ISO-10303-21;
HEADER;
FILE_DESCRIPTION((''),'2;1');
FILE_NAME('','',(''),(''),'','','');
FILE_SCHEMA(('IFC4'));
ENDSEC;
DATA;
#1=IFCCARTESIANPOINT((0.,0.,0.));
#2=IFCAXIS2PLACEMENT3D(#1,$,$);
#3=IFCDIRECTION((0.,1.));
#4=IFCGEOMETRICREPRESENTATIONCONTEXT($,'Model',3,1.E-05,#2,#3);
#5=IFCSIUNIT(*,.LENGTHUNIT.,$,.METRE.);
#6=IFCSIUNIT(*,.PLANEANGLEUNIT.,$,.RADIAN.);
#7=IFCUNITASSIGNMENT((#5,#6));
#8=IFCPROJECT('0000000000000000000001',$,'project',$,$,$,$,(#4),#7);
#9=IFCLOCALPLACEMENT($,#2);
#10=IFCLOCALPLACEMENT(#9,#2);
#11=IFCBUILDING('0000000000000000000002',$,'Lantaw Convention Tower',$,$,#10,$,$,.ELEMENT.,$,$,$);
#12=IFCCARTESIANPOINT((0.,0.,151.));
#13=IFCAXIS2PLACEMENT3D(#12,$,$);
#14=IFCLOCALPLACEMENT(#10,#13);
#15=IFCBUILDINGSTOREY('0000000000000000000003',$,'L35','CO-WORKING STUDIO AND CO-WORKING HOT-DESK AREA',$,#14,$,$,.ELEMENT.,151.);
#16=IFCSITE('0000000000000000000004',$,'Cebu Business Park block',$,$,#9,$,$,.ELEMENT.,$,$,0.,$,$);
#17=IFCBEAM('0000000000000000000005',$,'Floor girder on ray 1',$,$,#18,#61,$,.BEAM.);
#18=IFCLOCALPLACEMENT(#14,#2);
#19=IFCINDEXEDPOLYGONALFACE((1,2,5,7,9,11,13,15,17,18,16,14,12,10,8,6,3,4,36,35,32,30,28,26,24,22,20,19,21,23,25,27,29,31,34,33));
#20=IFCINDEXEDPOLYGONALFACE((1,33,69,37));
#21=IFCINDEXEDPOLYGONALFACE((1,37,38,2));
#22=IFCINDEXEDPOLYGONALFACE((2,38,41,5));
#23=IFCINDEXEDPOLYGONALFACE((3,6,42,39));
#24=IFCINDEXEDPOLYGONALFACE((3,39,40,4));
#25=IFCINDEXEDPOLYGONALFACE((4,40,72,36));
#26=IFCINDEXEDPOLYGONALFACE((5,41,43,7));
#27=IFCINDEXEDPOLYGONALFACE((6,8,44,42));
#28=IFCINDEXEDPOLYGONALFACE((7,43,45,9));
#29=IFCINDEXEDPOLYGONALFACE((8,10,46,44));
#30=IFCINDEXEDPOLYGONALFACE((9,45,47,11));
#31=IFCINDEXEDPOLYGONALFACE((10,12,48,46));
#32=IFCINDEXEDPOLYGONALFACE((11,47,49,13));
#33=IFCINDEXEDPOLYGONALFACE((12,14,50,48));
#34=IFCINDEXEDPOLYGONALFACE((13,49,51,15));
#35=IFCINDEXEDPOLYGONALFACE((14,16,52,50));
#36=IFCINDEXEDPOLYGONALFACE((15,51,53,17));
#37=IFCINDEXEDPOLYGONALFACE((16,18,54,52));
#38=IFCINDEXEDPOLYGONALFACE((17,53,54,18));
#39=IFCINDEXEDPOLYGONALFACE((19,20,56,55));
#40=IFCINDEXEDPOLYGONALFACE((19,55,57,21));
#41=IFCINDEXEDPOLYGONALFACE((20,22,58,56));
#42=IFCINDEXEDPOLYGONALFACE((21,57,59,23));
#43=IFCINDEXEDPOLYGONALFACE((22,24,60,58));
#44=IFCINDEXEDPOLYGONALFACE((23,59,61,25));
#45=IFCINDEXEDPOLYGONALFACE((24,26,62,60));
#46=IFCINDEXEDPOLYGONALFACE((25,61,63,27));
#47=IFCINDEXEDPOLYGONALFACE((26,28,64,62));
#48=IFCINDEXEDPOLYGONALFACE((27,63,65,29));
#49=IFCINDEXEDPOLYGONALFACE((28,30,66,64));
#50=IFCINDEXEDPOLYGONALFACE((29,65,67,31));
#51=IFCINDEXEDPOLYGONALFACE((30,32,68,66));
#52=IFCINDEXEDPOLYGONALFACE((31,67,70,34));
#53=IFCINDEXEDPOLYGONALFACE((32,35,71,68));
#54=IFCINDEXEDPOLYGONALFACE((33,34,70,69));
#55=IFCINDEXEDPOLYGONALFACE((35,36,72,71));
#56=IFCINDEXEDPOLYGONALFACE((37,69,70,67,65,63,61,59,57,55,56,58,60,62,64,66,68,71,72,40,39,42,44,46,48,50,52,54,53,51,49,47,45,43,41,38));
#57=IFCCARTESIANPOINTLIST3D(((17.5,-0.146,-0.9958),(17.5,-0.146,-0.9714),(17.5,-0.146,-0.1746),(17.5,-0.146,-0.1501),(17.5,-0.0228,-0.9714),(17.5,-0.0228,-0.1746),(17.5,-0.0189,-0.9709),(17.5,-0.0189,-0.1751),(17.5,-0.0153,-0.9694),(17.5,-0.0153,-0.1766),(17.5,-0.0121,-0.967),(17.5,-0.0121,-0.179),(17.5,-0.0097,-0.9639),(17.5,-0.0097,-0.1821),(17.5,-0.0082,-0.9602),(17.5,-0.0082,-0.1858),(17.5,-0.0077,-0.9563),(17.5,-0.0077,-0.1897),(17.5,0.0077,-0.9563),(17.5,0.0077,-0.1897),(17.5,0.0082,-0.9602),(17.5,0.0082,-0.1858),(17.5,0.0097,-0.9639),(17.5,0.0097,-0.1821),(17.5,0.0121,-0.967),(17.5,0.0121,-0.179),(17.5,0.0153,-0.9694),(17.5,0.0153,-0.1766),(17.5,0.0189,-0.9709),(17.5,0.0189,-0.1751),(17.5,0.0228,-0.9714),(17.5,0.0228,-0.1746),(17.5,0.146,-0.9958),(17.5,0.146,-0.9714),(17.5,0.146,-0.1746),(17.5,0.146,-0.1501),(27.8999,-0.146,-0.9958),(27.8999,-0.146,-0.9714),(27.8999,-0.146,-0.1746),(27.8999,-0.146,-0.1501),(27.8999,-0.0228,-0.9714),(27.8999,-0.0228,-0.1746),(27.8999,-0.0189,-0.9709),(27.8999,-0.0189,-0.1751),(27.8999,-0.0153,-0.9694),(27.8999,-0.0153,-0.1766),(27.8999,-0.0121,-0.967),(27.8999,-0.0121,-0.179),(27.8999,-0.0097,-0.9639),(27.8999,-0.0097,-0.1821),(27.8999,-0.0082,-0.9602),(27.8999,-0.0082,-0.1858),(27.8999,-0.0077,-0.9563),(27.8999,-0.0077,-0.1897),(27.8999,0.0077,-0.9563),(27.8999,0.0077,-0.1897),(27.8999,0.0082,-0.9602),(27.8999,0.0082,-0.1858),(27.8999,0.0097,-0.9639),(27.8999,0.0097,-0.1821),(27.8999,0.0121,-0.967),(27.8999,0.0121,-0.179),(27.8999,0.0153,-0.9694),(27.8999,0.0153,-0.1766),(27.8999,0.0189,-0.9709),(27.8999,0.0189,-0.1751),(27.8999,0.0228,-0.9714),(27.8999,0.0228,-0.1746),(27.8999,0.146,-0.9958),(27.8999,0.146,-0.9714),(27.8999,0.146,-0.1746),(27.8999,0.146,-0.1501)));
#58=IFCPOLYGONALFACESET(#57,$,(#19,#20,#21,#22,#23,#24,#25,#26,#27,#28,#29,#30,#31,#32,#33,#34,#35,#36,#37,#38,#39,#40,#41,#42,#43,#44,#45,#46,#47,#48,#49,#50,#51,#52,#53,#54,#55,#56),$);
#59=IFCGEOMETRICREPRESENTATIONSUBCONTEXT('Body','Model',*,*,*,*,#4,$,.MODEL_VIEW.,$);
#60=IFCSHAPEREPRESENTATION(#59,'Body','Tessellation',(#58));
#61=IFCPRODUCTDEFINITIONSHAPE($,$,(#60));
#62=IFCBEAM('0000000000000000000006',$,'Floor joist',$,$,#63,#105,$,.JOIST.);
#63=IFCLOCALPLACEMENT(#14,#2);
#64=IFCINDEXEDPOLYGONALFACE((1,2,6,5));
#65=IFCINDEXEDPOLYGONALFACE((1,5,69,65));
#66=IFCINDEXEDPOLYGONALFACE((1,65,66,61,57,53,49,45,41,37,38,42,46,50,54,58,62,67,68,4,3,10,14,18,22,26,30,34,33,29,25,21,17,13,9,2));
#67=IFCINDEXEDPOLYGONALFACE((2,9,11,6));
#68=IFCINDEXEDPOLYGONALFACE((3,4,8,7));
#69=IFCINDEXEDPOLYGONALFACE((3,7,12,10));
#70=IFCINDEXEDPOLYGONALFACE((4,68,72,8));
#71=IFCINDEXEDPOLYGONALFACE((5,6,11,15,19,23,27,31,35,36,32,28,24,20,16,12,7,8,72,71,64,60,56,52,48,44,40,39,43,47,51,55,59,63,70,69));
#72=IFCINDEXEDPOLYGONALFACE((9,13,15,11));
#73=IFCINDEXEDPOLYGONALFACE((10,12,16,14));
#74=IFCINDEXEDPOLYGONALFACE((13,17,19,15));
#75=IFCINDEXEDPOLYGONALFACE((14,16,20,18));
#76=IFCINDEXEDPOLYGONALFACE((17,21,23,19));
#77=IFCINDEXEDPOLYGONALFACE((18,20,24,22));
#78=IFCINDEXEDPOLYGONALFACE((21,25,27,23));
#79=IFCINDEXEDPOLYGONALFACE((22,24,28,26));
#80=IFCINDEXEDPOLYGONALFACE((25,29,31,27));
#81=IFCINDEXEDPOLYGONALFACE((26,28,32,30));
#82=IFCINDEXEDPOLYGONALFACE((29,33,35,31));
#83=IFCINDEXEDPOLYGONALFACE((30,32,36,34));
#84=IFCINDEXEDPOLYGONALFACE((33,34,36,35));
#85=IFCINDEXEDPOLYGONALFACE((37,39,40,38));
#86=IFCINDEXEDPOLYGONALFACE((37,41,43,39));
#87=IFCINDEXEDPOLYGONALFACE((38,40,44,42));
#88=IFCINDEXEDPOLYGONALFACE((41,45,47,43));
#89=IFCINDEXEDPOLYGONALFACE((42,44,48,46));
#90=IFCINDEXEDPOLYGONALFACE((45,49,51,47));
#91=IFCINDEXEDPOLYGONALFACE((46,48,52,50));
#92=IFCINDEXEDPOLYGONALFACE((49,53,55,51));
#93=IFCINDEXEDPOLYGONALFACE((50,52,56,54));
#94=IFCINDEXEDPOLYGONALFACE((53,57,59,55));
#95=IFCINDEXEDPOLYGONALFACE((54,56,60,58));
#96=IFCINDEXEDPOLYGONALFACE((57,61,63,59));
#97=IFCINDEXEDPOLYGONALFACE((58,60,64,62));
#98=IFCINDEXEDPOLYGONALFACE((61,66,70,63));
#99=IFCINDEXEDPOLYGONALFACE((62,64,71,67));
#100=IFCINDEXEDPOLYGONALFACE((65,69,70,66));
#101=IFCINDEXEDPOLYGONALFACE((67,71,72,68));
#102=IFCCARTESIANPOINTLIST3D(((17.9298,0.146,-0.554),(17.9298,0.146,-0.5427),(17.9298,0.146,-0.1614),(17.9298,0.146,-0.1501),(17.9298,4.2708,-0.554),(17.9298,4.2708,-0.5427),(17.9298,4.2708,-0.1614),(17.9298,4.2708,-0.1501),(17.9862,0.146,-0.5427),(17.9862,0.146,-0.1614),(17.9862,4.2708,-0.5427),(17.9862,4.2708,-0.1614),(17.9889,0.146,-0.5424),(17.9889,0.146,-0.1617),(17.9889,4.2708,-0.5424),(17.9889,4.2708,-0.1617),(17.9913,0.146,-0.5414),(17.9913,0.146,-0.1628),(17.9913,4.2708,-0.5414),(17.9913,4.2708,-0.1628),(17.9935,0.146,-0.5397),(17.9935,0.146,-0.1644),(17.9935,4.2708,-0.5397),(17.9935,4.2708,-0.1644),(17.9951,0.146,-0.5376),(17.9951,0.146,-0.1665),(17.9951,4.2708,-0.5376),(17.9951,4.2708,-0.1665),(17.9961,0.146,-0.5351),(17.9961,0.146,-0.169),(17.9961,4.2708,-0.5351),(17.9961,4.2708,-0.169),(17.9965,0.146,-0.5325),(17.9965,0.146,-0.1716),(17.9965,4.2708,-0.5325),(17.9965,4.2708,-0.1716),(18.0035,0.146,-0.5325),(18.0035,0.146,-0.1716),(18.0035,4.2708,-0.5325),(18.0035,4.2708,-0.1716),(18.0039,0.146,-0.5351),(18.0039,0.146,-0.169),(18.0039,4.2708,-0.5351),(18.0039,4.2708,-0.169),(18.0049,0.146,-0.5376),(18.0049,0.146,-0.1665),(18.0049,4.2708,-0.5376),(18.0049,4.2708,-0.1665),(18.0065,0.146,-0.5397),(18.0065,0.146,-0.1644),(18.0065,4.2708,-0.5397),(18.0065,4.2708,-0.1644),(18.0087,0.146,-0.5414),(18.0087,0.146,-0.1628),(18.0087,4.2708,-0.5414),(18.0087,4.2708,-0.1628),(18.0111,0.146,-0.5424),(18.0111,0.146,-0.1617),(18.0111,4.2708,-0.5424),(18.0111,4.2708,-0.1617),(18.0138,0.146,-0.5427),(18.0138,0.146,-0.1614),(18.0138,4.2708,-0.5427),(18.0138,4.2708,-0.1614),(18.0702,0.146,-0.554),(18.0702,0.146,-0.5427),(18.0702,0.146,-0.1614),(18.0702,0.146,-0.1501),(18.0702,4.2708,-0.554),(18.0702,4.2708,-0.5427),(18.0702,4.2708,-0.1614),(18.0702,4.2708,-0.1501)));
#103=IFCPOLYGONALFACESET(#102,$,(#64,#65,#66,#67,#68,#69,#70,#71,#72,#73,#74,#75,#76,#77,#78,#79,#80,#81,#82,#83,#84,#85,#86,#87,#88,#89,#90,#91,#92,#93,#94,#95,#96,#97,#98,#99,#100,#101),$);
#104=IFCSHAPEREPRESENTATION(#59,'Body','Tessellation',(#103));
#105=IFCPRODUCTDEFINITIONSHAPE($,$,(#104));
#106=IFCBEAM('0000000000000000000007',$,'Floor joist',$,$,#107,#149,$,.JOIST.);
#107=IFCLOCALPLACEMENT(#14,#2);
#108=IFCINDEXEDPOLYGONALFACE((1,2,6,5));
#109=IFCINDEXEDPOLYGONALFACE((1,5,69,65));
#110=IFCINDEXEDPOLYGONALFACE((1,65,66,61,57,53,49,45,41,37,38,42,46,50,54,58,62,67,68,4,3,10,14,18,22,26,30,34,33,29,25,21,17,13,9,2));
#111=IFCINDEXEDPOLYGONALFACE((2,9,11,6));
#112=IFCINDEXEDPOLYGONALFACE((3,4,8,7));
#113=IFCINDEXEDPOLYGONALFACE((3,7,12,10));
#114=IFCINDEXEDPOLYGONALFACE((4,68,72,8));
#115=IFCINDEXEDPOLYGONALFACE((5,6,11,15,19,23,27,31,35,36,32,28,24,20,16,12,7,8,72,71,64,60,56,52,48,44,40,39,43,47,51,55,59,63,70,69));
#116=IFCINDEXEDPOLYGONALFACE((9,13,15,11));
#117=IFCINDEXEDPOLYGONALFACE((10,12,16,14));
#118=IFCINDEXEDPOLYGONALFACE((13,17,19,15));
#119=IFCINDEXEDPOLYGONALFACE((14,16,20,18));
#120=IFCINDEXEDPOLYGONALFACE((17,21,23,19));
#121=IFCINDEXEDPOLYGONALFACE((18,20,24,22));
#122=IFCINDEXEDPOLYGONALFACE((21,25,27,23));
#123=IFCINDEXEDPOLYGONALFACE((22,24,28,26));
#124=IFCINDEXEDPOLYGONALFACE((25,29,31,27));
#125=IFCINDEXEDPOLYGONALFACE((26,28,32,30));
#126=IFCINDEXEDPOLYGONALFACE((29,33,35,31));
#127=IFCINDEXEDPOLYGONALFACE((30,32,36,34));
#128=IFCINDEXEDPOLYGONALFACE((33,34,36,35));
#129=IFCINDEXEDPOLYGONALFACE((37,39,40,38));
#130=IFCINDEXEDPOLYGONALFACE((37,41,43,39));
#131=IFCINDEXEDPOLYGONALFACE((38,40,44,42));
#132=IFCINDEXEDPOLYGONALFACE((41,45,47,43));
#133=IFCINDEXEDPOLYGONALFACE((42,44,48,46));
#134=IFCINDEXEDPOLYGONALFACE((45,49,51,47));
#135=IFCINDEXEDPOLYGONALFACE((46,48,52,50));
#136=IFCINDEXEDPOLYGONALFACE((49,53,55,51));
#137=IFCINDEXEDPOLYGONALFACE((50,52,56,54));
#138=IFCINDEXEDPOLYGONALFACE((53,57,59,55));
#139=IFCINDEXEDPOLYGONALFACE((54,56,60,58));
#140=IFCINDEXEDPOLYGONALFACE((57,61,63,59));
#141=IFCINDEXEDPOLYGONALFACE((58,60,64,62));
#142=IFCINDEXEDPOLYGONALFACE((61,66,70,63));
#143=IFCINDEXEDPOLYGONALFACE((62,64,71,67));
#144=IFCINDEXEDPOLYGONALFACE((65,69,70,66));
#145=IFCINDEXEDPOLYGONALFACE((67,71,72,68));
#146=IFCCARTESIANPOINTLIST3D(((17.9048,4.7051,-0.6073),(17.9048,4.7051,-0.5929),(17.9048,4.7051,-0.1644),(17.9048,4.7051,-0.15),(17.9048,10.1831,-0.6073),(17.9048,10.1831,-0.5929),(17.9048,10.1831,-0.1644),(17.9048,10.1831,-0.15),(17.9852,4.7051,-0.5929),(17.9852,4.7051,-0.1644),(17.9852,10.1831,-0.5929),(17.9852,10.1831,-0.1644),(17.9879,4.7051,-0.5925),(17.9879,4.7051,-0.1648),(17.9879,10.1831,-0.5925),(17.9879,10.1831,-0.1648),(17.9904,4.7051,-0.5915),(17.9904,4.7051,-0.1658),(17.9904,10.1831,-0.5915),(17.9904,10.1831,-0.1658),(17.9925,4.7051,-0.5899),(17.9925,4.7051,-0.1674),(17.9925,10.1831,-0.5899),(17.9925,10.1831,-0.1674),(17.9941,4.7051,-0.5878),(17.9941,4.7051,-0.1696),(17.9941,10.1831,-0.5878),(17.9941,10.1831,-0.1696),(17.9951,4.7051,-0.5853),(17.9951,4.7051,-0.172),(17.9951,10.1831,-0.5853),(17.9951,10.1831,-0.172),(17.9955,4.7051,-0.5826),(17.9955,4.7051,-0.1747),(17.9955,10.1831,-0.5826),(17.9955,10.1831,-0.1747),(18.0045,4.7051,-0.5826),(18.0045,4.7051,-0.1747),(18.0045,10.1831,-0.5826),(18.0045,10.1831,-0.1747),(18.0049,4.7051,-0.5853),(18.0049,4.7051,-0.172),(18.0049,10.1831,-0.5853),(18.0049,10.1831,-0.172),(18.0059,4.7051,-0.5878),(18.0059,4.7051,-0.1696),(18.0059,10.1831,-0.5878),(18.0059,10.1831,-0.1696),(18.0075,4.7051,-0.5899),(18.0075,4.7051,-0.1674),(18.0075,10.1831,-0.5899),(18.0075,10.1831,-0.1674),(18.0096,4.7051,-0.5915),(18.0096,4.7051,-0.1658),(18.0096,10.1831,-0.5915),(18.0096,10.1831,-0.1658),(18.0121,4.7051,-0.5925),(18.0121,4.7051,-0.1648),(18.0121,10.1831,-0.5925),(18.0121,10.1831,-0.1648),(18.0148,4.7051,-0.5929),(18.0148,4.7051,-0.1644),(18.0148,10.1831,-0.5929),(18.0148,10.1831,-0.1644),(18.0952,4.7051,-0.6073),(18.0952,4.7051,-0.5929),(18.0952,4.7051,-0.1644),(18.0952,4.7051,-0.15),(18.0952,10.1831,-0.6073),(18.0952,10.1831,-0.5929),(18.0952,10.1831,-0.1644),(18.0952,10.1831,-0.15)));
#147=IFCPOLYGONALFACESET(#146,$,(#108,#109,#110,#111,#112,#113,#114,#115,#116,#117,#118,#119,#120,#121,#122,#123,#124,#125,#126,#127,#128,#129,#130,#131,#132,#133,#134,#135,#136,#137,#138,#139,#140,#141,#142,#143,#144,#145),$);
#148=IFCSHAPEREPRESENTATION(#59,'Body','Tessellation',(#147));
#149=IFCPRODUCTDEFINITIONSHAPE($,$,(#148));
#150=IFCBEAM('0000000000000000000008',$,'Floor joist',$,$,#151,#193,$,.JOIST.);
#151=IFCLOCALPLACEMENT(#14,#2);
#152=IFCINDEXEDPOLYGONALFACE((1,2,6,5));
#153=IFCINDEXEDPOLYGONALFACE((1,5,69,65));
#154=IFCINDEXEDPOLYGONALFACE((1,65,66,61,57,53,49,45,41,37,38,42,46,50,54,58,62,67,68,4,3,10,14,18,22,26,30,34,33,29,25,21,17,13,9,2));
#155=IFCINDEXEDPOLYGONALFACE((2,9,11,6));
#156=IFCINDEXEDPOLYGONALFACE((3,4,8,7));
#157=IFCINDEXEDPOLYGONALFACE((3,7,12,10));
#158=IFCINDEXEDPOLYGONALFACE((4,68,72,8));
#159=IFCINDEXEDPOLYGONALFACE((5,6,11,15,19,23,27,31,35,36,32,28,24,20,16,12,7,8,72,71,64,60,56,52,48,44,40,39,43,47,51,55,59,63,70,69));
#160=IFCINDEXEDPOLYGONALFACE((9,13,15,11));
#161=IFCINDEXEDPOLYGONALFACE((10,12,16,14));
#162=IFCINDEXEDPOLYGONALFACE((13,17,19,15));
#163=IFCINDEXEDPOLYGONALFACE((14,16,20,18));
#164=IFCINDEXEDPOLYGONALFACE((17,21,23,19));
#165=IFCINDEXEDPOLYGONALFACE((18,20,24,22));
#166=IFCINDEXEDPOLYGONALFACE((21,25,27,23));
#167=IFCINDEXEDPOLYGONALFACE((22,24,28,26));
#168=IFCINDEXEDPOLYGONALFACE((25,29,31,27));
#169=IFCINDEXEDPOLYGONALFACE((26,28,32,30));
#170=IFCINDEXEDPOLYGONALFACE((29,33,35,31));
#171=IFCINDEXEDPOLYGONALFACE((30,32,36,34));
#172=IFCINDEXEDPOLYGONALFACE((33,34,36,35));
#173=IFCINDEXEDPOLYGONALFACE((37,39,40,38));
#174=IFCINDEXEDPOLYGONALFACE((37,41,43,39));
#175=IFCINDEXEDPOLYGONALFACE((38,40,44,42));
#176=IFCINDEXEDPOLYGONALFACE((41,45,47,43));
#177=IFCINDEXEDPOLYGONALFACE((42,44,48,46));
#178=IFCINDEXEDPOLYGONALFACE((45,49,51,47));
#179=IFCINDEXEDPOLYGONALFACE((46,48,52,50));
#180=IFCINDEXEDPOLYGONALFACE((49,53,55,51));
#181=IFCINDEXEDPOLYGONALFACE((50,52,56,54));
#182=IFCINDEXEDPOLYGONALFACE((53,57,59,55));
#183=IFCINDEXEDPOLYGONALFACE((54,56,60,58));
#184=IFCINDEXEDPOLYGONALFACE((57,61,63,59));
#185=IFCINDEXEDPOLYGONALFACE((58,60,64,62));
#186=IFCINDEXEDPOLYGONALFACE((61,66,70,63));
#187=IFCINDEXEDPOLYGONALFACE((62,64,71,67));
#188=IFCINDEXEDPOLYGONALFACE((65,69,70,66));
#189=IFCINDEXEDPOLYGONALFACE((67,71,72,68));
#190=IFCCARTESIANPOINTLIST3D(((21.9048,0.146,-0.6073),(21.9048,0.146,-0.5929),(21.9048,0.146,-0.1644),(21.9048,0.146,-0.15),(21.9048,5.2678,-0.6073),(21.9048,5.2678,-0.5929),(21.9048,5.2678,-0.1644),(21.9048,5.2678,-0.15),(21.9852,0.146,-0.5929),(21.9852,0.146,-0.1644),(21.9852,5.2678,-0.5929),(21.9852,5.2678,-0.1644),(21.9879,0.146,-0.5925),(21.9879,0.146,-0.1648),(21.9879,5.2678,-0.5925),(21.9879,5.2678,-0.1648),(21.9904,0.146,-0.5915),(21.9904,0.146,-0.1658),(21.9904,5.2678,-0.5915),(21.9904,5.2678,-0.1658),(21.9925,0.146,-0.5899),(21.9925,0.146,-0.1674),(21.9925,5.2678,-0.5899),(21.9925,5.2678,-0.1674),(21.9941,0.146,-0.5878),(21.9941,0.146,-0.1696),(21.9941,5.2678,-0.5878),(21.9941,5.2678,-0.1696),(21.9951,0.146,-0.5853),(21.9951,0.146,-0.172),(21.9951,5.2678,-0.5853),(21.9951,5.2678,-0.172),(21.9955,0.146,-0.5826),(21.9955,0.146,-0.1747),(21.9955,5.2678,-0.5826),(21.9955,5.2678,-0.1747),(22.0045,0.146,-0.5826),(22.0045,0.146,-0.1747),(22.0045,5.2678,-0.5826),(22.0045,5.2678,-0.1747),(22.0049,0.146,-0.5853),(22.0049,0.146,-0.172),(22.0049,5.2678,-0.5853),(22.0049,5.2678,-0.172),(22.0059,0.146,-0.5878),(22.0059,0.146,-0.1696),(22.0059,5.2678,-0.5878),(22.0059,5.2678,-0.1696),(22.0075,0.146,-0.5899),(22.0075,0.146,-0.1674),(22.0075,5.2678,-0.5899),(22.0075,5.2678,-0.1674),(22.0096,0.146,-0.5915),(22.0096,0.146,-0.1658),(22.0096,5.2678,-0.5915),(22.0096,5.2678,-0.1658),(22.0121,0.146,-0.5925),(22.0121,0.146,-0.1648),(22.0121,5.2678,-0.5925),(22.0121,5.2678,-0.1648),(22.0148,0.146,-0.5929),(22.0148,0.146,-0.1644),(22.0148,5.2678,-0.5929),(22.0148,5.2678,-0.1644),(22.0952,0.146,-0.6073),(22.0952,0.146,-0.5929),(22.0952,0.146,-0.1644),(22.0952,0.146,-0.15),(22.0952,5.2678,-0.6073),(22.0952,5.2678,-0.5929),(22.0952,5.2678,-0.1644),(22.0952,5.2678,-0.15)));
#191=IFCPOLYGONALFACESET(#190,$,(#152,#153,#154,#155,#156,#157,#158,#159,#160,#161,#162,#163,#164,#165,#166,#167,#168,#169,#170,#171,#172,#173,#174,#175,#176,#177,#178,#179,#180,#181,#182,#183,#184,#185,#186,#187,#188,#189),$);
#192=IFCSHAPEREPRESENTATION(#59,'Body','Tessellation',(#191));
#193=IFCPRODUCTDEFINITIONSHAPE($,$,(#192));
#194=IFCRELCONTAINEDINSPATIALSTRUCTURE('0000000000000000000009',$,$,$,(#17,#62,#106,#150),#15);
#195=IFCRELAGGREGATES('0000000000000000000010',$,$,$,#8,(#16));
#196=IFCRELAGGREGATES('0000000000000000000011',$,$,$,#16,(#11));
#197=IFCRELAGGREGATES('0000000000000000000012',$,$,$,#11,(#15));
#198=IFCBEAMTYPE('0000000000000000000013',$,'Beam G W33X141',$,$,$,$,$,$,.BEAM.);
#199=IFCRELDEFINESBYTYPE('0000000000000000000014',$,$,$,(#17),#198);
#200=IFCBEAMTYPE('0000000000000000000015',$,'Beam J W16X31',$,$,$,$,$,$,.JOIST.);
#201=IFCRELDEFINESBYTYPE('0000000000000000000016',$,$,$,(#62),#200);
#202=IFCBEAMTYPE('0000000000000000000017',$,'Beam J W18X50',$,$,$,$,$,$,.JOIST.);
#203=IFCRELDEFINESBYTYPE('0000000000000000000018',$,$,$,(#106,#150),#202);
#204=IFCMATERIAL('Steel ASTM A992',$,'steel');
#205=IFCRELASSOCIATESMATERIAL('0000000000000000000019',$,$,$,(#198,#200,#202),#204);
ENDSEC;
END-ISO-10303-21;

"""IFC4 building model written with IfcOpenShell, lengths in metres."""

from ifc_helpers import new_model, si_unit, direction, frame, origin, origin_2d, place, context, subcontext, project, spatial, i_section, extrude, material, material_profile, profile_set, type_object, element, save


model = new_model("IFC4")

# Units and contexts
model_context = context("Model", 3, precision=1e-05, world=origin(), true_north=direction((0.0, 1.0)))
body_context = subcontext(model_context, "Body", "Model", "MODEL_VIEW")
ifc_project = project(units=[si_unit("LENGTHUNIT", "METRE"), si_unit("PLANEANGLEUNIT", "RADIAN")], contexts=[model_context])

# Site, building, storey
site_placement = place(None, origin())
site = spatial("IfcSite", under=ifc_project, at=site_placement, Name="Cebu Business Park block", CompositionType="ELEMENT", RefElevation=0.0)
building_placement = place(site_placement, origin())
building = spatial("IfcBuilding", under=site, at=building_placement, Name="Lantaw Convention Tower", CompositionType="ELEMENT")
storey_placement = place(building_placement, frame((0.0, 0.0, 151.0)))
storey = spatial("IfcBuildingStorey", under=building, at=storey_placement, Name="L35", Description="CO-WORKING STUDIO AND CO-WORKING HOT-DESK AREA", CompositionType="ELEMENT", Elevation=151.0)

# Beams
ifc_material_1 = material(Name="Steel ASTM A992", Category="steel")
ifc_material_profile_1 = material_profile(ifc_material_1, i_section(OverallWidth=0.292, OverallDepth=0.8457, WebThickness=0.0154, FlangeThickness=0.0244, FilletRadius=0.0151, at=origin_2d()), Name="W33X141")
ifc_profile_set_1 = profile_set([ifc_material_profile_1], Name="Steel ASTM A992")
beam_type_1 = type_object("IfcBeamType", Name="Beam G W33X141", PredefinedType="BEAM", material=ifc_profile_set_1)
beam_1_placement = place(storey_placement, frame((17.5, 0.0, -0.573), z_axis=(1.0, 0.0, 0.0), x_axis=(0.0, 1.0, 0.0)))
element("IfcBeam", 1, at=beam_1_placement, inside=storey, type_object=beam_type_1, Name="Floor girder on ray 1", PredefinedType="BEAM", context=body_context, shape_type="SweptSolid", body=[
    extrude(i_section(OverallWidth=0.292, OverallDepth=0.8457, WebThickness=0.0154, FlangeThickness=0.0244, FilletRadius=0.0151, at=origin_2d()), origin(), (0.0, 0.0, 1.0), 10.3999),
])
ifc_material_profile_2 = material_profile(ifc_material_1, i_section(OverallWidth=0.1404, OverallDepth=0.4038, WebThickness=0.0071, FlangeThickness=0.0112, FilletRadius=0.0103, at=origin_2d()), Name="W16X31")
ifc_profile_set_2 = profile_set([ifc_material_profile_2], Name="Steel ASTM A992")
beam_type_2 = type_object("IfcBeamType", Name="Beam J W16X31", PredefinedType="JOIST", material=ifc_profile_set_2)
beam_2_placement = place(storey_placement, frame((18.0, 0.146, -0.3521), z_axis=(0.0, 1.0, 0.0), x_axis=(-1.0, 0.0, 0.0)))
element("IfcBeam", 2, at=beam_2_placement, inside=storey, type_object=beam_type_2, Name="Floor joist", PredefinedType="JOIST", context=body_context, shape_type="SweptSolid", body=[
    extrude(i_section(OverallWidth=0.1404, OverallDepth=0.4038, WebThickness=0.0071, FlangeThickness=0.0112, FilletRadius=0.0103, at=origin_2d()), origin(), (0.0, 0.0, 1.0), 4.1248),
])
ifc_material_profile_3 = material_profile(ifc_material_1, i_section(OverallWidth=0.1904, OverallDepth=0.4573, WebThickness=0.009, FlangeThickness=0.0144, FilletRadius=0.0103, at=origin_2d()), Name="W18X50")
ifc_profile_set_3 = profile_set([ifc_material_profile_3], Name="Steel ASTM A992")
beam_type_3 = type_object("IfcBeamType", Name="Beam J W18X50", PredefinedType="JOIST", material=ifc_profile_set_3)
beam_3_placement = place(storey_placement, frame((18.0, 4.7051, -0.3787), z_axis=(0.0, 1.0, 0.0), x_axis=(-1.0, 0.0, 0.0)))
element("IfcBeam", 3, at=beam_3_placement, inside=storey, type_object=beam_type_3, Name="Floor joist", PredefinedType="JOIST", context=body_context, shape_type="SweptSolid", body=[
    extrude(i_section(OverallWidth=0.1904, OverallDepth=0.4573, WebThickness=0.009, FlangeThickness=0.0144, FilletRadius=0.0103, at=origin_2d()), origin(), (0.0, 0.0, 1.0), 5.478),
])
beam_4_placement = place(storey_placement, frame((22.0, 0.146, -0.3787), z_axis=(0.0, 1.0, 0.0), x_axis=(-1.0, 0.0, 0.0)))
element("IfcBeam", 4, at=beam_4_placement, inside=storey, type_object=beam_type_3, Name="Floor joist", PredefinedType="JOIST", context=body_context, shape_type="SweptSolid", body=[
    extrude(i_section(OverallWidth=0.1904, OverallDepth=0.4573, WebThickness=0.009, FlangeThickness=0.0144, FilletRadius=0.0103, at=origin_2d()), origin(), (0.0, 0.0, 1.0), 5.1218),
])

save(model, "model.ifc")
